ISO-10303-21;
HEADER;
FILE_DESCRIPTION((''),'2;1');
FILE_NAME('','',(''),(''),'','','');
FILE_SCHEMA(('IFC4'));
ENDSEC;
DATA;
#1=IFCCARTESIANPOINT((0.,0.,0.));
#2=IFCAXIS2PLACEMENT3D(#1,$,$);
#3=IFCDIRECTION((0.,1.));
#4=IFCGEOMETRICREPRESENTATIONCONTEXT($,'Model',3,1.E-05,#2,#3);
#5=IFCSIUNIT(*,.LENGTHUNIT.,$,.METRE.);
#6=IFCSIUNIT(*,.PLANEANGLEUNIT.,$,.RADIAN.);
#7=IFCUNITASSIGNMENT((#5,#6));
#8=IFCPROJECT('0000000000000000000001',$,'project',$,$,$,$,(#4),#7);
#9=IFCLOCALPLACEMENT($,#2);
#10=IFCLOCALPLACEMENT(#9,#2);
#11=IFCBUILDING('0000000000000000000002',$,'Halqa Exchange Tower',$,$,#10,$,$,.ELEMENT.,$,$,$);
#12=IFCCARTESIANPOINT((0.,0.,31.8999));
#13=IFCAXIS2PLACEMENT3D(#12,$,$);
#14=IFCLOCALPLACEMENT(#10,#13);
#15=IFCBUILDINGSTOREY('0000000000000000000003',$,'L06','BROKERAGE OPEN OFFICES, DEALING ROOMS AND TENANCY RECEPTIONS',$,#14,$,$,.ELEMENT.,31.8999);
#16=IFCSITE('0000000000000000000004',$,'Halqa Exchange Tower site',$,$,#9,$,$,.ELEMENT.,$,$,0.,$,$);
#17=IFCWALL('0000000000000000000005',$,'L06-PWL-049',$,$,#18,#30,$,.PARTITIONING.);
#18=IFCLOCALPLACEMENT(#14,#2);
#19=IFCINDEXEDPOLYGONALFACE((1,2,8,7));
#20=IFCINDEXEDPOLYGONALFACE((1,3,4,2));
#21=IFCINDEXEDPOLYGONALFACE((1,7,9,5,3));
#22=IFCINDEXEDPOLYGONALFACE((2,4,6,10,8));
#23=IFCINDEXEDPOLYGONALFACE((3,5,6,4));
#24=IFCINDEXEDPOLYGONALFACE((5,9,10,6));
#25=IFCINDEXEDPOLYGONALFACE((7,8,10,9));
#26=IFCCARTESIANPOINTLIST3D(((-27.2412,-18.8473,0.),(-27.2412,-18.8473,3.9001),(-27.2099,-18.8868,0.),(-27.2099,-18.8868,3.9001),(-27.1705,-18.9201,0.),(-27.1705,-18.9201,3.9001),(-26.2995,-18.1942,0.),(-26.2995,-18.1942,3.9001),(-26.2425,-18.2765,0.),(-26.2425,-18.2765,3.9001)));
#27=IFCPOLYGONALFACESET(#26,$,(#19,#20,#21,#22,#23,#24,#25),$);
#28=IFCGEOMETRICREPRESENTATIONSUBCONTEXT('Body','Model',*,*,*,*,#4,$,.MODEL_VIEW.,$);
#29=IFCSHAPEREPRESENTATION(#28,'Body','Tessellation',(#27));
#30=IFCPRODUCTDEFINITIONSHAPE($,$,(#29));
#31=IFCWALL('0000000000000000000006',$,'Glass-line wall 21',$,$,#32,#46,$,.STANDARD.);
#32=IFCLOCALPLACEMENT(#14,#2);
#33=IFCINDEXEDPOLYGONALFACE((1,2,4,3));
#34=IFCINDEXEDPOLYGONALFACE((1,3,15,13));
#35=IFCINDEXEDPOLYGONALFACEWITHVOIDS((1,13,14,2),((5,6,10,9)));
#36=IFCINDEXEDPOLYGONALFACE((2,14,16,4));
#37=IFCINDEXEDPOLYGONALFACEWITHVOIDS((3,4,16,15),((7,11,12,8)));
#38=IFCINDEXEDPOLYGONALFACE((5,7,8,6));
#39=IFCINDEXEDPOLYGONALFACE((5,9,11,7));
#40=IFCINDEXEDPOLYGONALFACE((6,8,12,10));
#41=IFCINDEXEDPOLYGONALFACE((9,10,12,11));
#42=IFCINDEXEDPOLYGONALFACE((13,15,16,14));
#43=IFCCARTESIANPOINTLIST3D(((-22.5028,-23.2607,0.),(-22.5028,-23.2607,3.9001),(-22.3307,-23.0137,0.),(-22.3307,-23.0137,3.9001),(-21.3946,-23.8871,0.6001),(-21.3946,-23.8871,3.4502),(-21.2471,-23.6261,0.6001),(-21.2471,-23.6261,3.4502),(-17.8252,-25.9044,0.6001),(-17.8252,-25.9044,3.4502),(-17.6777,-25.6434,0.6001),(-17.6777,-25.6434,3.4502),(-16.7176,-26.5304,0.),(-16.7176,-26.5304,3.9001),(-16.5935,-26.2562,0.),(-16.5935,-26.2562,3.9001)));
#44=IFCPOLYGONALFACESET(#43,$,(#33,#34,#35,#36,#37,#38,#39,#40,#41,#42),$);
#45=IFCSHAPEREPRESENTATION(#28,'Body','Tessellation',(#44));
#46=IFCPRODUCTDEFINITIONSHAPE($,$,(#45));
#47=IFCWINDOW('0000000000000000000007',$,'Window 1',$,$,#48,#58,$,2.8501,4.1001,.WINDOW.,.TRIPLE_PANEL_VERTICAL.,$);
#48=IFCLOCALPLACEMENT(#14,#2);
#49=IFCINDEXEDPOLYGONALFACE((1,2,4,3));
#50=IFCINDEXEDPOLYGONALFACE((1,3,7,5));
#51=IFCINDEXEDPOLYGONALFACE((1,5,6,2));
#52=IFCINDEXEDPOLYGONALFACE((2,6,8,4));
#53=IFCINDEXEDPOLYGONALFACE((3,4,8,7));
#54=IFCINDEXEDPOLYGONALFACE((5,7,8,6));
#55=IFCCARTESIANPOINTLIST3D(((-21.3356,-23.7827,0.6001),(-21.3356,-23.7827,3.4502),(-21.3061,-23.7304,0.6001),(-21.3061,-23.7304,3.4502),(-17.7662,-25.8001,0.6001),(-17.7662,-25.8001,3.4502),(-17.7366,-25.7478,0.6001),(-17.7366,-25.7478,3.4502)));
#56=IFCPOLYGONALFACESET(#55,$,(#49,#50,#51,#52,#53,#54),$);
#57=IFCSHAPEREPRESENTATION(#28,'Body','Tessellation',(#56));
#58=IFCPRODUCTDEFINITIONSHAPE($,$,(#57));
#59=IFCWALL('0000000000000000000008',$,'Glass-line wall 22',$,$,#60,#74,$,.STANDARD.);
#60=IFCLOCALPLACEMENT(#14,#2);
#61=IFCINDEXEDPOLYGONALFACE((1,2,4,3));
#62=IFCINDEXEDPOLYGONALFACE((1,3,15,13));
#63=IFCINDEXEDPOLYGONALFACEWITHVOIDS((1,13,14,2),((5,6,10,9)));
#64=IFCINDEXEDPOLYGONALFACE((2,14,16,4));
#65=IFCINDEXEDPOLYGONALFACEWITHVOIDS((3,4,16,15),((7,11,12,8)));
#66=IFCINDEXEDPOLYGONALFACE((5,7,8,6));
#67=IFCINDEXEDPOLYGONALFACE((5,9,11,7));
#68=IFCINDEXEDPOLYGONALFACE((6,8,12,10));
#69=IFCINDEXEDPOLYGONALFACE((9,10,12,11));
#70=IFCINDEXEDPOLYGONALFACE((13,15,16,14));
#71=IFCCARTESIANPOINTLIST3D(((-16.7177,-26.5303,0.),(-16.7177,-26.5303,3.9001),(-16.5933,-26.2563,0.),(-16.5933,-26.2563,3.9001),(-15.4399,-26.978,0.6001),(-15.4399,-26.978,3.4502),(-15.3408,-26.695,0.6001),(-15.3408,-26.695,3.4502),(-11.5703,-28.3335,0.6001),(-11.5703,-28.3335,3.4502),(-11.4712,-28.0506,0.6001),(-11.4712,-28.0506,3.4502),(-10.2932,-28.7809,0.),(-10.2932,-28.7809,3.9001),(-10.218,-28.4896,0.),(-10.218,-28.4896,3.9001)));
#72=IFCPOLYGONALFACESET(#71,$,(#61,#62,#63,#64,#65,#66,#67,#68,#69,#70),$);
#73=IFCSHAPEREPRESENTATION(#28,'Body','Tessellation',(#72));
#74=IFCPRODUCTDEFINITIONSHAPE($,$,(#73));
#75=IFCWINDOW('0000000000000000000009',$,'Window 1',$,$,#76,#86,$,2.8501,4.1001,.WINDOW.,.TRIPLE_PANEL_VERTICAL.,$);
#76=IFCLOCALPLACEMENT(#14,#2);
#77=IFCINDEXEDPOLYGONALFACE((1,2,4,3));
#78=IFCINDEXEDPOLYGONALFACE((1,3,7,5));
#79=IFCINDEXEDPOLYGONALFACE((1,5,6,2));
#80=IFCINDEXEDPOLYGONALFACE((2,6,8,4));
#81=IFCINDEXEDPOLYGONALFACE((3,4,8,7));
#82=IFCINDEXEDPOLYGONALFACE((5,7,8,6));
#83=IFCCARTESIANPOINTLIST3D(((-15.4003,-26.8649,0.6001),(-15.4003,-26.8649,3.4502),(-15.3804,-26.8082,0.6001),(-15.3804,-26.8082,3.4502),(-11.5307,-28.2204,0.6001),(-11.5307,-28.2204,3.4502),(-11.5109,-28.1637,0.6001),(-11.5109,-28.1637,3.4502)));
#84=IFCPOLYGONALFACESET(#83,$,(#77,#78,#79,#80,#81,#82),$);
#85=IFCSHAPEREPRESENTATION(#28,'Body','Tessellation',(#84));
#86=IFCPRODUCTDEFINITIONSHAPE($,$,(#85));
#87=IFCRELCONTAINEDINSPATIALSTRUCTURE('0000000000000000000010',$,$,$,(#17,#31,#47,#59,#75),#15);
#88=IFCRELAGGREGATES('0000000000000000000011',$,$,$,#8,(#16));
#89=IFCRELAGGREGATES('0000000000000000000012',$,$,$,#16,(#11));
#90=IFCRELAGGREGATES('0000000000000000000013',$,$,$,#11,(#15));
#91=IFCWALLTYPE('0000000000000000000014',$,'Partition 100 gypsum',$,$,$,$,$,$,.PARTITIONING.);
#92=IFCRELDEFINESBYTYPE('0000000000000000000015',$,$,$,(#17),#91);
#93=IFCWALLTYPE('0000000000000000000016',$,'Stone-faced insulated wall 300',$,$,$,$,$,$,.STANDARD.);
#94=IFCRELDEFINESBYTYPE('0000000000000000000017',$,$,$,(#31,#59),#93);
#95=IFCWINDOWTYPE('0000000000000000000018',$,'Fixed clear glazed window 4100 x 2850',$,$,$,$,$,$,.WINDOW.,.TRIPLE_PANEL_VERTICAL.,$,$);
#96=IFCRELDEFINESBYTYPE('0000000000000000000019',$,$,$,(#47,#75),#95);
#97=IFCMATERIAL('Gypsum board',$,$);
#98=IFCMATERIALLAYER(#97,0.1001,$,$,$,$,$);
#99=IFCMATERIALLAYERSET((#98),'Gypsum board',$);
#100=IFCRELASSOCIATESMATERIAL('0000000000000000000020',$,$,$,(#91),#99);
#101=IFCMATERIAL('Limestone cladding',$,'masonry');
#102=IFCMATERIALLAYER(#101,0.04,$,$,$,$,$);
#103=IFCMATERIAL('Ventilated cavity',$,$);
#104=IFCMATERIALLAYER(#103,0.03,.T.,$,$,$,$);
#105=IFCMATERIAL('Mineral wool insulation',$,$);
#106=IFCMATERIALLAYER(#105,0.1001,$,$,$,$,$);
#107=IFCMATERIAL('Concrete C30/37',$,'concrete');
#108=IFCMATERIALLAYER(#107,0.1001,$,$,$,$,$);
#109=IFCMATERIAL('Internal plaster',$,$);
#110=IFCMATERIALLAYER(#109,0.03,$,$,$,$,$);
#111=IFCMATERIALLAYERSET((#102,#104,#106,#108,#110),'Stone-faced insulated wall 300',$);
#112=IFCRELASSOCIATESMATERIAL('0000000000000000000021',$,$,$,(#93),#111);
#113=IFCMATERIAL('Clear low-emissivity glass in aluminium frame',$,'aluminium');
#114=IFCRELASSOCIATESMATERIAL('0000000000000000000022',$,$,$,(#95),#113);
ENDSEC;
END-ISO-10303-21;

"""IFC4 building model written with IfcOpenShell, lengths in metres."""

from ifc_helpers import new_model, si_unit, direction, frame, frame_2d, origin, place, context, subcontext, project, spatial, polyline, rectangle, outline, extrude, material, layer, layer_set, type_object, element, fill, save


model = new_model("IFC4")

# Units and contexts
model_context = context("Model", 3, precision=1e-05, world=origin(), true_north=direction((0.0, 1.0)))
body_context = subcontext(model_context, "Body", "Model", "MODEL_VIEW")
ifc_project = project(units=[si_unit("LENGTHUNIT", "METRE"), si_unit("PLANEANGLEUNIT", "RADIAN")], contexts=[model_context])

# Site, building, storey
site_placement = place(None, origin())
site = spatial("IfcSite", under=ifc_project, at=site_placement, Name="Halqa Exchange Tower site", CompositionType="ELEMENT", RefElevation=0.0)
building_placement = place(site_placement, origin())
building = spatial("IfcBuilding", under=site, at=building_placement, Name="Halqa Exchange Tower", CompositionType="ELEMENT")
storey_placement = place(building_placement, frame((0.0, 0.0, 31.8999)))
storey = spatial("IfcBuildingStorey", under=building, at=storey_placement, Name="L06", Description="BROKERAGE OPEN OFFICES, DEALING ROOMS AND TENANCY RECEPTIONS", CompositionType="ELEMENT", Elevation=31.8999)

# Shared definitions
ifc_material_1 = material(Name="Gypsum board")
ifc_layer_1 = layer(ifc_material_1, 0.1001)
ifc_layer_set_1 = layer_set([ifc_layer_1], Name="Gypsum board")
wall_type_1 = type_object("IfcWallType", Name="Partition 100 gypsum", PredefinedType="PARTITIONING", material=ifc_layer_set_1)

# Wall
wall_1_placement = place(storey_placement, frame((-26.271, -18.2354, 0.0), z_axis=(0.0, 0.0, 1.0), x_axis=(-0.821716, -0.569897, 0.0)))
element("IfcWall", 1, at=wall_1_placement, inside=storey, type_object=wall_type_1, Name="L06-PWL-049", PredefinedType="PARTITIONING", context=body_context, shape_type="SweptSolid", body=[
    extrude(outline(polyline([(0.0, -0.05), (1.146, -0.05), (1.1428, 0.0002), (1.1294, 0.05), (0.0, 0.05), (0.0, -0.05)])), origin(), (0.0, 0.0, 1.0), 3.9001),
])

# Shared definitions
ifc_material_2 = material(Name="Limestone cladding", Category="masonry")
ifc_layer_2 = layer(ifc_material_2, 0.04)
ifc_material_3 = material(Name="Ventilated cavity")
ifc_layer_3 = layer(ifc_material_3, 0.03, ventilated=True)
ifc_material_4 = material(Name="Mineral wool insulation")
ifc_layer_4 = layer(ifc_material_4, 0.1001)
ifc_material_5 = material(Name="Concrete C30/37", Category="concrete")
ifc_layer_5 = layer(ifc_material_5, 0.1001)
ifc_material_6 = material(Name="Internal plaster")
ifc_layer_6 = layer(ifc_material_6, 0.03)
ifc_layer_set_2 = layer_set([ifc_layer_2, ifc_layer_3, ifc_layer_4, ifc_layer_5, ifc_layer_6], Name="Stone-faced insulated wall 300")
wall_type_2 = type_object("IfcWallType", Name="Stone-faced insulated wall 300", PredefinedType="STANDARD", material=ifc_layer_set_2)
ifc_material_7 = material(Name="Clear low-emissivity glass in aluminium frame", Category="aluminium")

# Walls, openings, windows
wall_2_placement = place(storey_placement, frame((-22.4167, -23.1372, 0.0), z_axis=(0.0, 0.0, 1.0), x_axis=(0.870579, -0.492029, 0.0)))
wall_2 = element("IfcWall", 2, at=wall_2_placement, inside=storey, type_object=wall_type_2, Name="Glass-line wall 21", PredefinedType="STANDARD", context=body_context, shape_type="SweptSolid", body=[
    extrude(outline(polyline([(-0.0142, -0.1499), (6.6311, -0.1499), (6.6042, 0.1499), (0.0142, 0.1499), (-0.0142, -0.1499)])), origin(), (0.0, 0.0, 1.0), 3.9001),
])
opening_1_placement = place(wall_2_placement, frame((1.2588, 0.0, 0.6001)))
opening_1 = element("IfcOpeningElement", 3, at=opening_1_placement, cuts=wall_2, PredefinedType="OPENING", context=body_context, shape_type="SweptSolid", body=[
    extrude(rectangle(XDim=4.1001, YDim=2.8501, at=frame_2d((2.05, 1.425))), frame((0.0, 0.1621, 0.0), z_axis=(0.0, -1.0, 0.0), x_axis=(1.0, 0.0, 0.0)), (0.0, 0.0, 1.0), 0.324),
])
window_type = type_object("IfcWindowType", Name="Fixed clear glazed window 4100 x 2850", PartitioningType="TRIPLE_PANEL_VERTICAL", PredefinedType="WINDOW", material=ifc_material_7)
window_1_placement = place(opening_1_placement, origin())
window_1 = element("IfcWindow", 4, at=window_1_placement, inside=storey, type_object=window_type, Name="Window 1", OverallHeight=2.8501, OverallWidth=4.1001, PartitioningType="TRIPLE_PANEL_VERTICAL", PredefinedType="WINDOW", context=body_context, shape_type="SweptSolid", body=[
    extrude(rectangle(XDim=4.1001, YDim=2.8501, at=frame_2d((2.05, 1.425))), frame((0.0, 0.03, 0.0), z_axis=(0.0, -1.0, 0.0), x_axis=(1.0, 0.0, 0.0)), (0.0, 0.0, 1.0), 0.0601),
])
fill(opening_1, window_1)
wall_3_placement = place(storey_placement, frame((-16.6555, -26.3933, 0.0), z_axis=(0.0, 0.0, 1.0), x_axis=(0.943767, -0.33061, 0.0)))
wall_3 = element("IfcWall", 5, at=wall_3_placement, inside=storey, type_object=wall_type_2, Name="Glass-line wall 22", PredefinedType="STANDARD", context=body_context, shape_type="SweptSolid", body=[
    extrude(outline(polyline([(-0.0134, -0.1499), (6.7939, -0.1499), (6.7686, 0.1499), (0.0134, 0.1499), (-0.0134, -0.1499)])), origin(), (0.0, 0.0, 1.0), 3.9001),
])
opening_2_placement = place(wall_3_placement, frame((1.3406, 0.0, 0.6001)))
opening_2 = element("IfcOpeningElement", 6, at=opening_2_placement, cuts=wall_3, PredefinedType="OPENING", context=body_context, shape_type="SweptSolid", body=[
    extrude(rectangle(XDim=4.1001, YDim=2.8501, at=frame_2d((2.05, 1.425))), frame((0.0, 0.1621, 0.0), z_axis=(0.0, -1.0, 0.0), x_axis=(1.0, 0.0, 0.0)), (0.0, 0.0, 1.0), 0.324),
])
window_2_placement = place(opening_2_placement, origin())
window_2 = element("IfcWindow", 7, at=window_2_placement, inside=storey, type_object=window_type, Name="Window 1", OverallHeight=2.8501, OverallWidth=4.1001, PartitioningType="TRIPLE_PANEL_VERTICAL", PredefinedType="WINDOW", context=body_context, shape_type="SweptSolid", body=[
    extrude(rectangle(XDim=4.1001, YDim=2.8501, at=frame_2d((2.05, 1.425))), frame((0.0, 0.03, 0.0), z_axis=(0.0, -1.0, 0.0), x_axis=(1.0, 0.0, 0.0)), (0.0, 0.0, 1.0), 0.0601),
])
fill(opening_2, window_2)

save(model, "model.ifc")
